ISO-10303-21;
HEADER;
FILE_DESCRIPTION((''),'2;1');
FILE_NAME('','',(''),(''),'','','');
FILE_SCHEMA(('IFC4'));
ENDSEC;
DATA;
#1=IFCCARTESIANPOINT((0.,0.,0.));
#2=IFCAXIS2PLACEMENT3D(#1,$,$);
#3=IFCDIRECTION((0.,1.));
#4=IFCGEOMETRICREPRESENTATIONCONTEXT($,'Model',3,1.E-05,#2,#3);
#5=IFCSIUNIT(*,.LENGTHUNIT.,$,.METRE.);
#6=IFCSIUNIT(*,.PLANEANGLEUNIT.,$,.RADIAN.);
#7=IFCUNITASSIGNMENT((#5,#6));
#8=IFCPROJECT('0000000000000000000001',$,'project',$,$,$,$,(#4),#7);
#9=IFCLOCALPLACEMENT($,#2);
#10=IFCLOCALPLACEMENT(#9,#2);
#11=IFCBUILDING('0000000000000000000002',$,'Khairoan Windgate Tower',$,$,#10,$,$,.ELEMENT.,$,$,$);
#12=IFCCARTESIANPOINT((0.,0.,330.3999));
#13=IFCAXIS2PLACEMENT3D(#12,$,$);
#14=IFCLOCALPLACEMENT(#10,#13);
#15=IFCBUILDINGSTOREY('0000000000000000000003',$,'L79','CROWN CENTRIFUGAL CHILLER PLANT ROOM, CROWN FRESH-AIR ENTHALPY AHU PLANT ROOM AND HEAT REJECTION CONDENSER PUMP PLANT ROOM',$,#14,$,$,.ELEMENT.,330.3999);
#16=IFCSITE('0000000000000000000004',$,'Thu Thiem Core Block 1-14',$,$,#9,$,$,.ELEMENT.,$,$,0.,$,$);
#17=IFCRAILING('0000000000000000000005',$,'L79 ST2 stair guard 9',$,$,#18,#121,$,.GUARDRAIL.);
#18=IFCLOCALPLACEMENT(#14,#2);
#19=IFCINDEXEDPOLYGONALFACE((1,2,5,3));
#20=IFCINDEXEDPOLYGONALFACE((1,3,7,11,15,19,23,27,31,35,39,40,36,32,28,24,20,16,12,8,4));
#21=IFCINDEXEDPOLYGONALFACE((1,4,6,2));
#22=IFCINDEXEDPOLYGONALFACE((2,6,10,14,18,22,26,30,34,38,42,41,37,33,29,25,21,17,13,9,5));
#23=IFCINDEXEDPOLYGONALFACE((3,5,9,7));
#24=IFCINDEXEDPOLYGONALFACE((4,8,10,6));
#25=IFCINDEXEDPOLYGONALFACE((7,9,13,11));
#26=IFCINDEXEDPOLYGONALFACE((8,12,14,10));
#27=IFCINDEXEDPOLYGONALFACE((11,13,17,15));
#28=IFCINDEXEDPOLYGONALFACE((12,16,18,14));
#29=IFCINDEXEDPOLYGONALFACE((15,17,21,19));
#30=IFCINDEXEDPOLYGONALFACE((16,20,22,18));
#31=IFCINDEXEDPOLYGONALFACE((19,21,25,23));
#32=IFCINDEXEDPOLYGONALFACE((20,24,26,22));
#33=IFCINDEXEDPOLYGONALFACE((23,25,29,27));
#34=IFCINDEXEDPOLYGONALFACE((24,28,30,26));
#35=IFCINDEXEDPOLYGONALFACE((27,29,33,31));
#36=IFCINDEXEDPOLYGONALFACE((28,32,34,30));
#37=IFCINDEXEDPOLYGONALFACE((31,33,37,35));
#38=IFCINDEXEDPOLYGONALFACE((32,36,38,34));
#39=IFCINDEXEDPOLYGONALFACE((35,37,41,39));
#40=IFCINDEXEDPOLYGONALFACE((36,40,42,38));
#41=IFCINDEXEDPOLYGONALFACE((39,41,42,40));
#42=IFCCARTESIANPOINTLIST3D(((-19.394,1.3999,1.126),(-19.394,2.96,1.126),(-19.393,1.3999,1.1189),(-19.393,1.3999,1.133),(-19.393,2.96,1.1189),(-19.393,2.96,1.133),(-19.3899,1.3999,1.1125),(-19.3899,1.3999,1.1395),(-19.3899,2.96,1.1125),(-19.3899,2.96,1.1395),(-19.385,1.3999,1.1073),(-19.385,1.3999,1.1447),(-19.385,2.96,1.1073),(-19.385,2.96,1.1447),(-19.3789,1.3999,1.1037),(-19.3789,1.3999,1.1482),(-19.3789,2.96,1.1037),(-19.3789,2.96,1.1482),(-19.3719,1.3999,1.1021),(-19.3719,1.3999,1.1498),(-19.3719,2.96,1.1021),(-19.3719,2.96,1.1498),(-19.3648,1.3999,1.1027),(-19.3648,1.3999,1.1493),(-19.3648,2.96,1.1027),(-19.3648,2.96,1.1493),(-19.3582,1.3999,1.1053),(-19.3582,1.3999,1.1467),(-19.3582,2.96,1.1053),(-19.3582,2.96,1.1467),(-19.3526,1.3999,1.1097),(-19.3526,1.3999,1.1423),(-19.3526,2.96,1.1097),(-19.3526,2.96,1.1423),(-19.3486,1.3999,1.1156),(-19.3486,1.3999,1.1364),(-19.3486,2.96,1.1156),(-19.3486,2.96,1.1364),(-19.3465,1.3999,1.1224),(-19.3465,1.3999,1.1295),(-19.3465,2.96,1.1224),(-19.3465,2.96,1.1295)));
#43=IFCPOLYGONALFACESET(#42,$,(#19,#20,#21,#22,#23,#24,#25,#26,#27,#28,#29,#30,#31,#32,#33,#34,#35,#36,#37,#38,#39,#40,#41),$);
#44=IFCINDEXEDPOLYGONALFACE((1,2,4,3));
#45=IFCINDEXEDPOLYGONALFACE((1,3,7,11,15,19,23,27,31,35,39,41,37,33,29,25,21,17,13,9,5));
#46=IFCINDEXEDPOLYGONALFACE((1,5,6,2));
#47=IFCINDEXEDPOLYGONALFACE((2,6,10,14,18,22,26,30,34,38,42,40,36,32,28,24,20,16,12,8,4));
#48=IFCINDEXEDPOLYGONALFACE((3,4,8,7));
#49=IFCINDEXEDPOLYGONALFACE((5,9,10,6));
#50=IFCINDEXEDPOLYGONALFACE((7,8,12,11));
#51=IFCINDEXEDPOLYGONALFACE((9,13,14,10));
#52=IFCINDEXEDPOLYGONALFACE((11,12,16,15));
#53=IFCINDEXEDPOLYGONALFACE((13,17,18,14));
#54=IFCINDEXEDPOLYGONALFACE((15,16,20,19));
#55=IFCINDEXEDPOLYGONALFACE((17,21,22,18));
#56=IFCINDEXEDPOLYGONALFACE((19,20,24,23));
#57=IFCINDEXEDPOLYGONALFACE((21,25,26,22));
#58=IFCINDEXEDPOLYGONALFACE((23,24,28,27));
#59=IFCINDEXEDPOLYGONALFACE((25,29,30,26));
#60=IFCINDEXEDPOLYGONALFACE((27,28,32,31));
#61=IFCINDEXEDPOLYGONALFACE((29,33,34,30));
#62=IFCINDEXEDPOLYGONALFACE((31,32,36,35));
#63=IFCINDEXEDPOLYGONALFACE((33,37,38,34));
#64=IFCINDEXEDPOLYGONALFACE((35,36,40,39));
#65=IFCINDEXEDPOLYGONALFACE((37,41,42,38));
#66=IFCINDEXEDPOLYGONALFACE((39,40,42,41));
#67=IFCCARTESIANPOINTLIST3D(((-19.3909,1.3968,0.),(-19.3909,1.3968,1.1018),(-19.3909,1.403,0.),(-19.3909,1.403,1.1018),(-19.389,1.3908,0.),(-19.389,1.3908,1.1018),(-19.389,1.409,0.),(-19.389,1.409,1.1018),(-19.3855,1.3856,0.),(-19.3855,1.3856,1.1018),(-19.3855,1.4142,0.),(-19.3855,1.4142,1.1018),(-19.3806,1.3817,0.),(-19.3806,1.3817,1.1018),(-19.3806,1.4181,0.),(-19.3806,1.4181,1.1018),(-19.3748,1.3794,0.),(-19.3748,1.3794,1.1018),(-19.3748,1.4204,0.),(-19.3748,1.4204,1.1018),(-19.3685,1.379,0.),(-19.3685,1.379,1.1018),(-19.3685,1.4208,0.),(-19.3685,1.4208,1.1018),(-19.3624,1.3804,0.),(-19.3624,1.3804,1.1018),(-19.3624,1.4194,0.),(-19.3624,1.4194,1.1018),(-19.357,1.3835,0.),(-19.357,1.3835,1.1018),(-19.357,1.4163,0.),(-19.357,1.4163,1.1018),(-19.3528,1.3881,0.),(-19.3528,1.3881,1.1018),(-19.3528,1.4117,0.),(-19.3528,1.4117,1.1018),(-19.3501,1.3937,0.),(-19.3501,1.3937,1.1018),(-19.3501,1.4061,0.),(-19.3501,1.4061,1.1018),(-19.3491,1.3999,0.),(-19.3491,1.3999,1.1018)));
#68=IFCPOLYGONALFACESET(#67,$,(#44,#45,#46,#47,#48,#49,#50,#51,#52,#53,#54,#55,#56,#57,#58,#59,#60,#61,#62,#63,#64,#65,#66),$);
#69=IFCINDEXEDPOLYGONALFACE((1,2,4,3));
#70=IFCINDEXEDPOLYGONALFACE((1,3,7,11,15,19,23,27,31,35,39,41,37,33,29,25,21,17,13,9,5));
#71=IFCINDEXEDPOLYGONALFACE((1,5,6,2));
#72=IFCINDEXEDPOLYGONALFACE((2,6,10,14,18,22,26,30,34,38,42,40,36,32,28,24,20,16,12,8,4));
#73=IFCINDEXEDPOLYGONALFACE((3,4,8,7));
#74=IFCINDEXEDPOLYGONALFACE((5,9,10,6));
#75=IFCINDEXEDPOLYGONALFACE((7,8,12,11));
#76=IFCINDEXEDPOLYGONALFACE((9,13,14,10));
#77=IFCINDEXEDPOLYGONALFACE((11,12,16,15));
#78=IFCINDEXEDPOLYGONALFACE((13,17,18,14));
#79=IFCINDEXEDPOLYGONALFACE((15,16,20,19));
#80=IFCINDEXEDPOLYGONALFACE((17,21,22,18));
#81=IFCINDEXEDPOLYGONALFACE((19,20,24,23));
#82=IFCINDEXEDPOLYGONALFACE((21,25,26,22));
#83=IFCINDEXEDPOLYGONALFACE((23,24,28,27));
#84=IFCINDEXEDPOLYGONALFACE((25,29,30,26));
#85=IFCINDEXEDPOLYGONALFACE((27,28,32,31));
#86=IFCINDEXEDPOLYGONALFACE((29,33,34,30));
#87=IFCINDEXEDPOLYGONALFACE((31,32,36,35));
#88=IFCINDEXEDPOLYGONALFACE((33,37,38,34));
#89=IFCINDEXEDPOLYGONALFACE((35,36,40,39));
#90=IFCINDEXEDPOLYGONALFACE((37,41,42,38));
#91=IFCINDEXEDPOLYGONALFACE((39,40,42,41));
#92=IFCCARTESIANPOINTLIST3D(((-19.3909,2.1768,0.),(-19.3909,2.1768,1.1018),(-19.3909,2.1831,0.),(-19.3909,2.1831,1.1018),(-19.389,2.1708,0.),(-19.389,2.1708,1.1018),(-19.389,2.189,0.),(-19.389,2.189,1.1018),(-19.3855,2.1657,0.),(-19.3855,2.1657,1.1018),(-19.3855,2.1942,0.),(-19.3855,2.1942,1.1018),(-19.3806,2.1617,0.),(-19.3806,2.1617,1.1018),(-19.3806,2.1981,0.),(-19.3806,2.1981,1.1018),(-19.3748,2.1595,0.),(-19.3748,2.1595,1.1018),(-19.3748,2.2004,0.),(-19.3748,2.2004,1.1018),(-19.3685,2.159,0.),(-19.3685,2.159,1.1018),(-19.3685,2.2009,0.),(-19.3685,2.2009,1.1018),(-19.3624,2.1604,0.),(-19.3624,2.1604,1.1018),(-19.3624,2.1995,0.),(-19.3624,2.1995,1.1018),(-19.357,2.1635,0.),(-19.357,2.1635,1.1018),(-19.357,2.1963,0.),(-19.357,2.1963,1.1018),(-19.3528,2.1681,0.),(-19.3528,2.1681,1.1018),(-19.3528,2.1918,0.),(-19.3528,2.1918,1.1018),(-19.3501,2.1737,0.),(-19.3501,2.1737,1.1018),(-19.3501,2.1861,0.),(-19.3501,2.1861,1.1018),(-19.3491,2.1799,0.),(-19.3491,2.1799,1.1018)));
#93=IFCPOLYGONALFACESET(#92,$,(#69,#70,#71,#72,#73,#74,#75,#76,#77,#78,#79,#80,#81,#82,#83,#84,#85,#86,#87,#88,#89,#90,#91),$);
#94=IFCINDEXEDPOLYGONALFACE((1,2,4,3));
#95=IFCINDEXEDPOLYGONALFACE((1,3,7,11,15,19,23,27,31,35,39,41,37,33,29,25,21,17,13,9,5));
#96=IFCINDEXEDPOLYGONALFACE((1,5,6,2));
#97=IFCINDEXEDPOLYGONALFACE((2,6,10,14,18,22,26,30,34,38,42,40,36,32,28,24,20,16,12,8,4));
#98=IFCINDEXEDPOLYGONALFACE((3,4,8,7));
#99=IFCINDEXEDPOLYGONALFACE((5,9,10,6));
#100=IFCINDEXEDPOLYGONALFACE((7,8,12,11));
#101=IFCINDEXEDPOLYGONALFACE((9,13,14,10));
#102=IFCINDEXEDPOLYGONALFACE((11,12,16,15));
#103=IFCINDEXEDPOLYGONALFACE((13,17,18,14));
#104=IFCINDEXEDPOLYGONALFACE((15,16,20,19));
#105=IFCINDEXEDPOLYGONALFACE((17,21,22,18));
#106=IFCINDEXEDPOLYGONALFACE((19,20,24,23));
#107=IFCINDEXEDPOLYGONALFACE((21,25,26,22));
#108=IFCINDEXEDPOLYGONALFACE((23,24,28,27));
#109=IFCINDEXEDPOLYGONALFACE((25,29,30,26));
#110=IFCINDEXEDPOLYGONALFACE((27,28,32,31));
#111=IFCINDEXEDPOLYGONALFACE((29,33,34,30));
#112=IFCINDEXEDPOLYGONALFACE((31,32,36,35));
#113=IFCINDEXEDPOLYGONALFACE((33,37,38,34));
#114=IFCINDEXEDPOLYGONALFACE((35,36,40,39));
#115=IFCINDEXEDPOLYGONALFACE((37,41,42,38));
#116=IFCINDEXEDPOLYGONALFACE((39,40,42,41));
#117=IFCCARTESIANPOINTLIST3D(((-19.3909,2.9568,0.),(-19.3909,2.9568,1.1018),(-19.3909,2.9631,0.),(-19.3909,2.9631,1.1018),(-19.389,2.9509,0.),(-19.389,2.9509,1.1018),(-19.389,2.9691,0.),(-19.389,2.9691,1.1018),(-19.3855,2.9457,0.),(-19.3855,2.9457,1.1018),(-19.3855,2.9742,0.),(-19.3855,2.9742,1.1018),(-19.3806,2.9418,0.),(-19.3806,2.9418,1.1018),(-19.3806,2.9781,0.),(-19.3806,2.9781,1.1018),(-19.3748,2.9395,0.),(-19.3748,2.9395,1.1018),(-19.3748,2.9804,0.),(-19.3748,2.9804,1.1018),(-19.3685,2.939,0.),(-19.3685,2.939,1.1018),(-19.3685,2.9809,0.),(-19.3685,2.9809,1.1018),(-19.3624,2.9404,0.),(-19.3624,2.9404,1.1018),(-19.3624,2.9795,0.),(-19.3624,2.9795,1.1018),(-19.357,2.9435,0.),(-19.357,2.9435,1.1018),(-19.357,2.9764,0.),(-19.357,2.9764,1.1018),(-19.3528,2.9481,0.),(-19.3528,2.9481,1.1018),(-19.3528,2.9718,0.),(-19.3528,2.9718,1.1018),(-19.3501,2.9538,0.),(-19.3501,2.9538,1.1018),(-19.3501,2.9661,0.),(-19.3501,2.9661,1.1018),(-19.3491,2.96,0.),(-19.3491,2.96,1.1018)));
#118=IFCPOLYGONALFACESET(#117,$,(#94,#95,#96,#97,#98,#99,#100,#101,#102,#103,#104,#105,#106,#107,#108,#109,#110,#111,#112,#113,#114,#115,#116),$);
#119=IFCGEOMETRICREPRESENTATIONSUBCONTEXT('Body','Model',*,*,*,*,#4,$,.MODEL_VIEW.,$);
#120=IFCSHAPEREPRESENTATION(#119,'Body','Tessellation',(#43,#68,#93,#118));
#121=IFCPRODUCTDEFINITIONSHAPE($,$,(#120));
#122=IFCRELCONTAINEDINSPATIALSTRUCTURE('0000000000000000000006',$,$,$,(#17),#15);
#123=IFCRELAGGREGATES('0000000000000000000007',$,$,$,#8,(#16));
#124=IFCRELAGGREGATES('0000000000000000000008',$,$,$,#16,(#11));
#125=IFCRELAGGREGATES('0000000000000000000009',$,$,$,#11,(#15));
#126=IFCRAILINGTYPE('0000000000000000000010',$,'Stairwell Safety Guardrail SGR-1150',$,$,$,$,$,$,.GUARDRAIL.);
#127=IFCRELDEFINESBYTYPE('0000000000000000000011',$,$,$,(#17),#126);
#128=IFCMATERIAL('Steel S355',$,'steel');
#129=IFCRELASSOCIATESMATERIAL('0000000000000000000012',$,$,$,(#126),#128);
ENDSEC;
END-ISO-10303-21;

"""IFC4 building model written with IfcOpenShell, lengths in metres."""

from ifc_helpers import new_model, si_unit, direction, frame, origin, origin_2d, place, context, subcontext, project, spatial, circle, extrude, material, type_object, element, save


model = new_model("IFC4")

# Units and contexts
model_context = context("Model", 3, precision=1e-05, world=origin(), true_north=direction((0.0, 1.0)))
body_context = subcontext(model_context, "Body", "Model", "MODEL_VIEW")
ifc_project = project(units=[si_unit("LENGTHUNIT", "METRE"), si_unit("PLANEANGLEUNIT", "RADIAN")], contexts=[model_context])

# Site, building, storey
site_placement = place(None, origin())
site = spatial("IfcSite", under=ifc_project, at=site_placement, Name="Thu Thiem Core Block 1-14", CompositionType="ELEMENT", RefElevation=0.0)
building_placement = place(site_placement, origin())
building = spatial("IfcBuilding", under=site, at=building_placement, Name="Khairoan Windgate Tower", CompositionType="ELEMENT")
storey_placement = place(building_placement, frame((0.0, 0.0, 330.3999)))
storey = spatial("IfcBuildingStorey", under=building, at=storey_placement, Name="L79", Description="CROWN CENTRIFUGAL CHILLER PLANT ROOM, CROWN FRESH-AIR ENTHALPY AHU PLANT ROOM AND HEAT REJECTION CONDENSER PUMP PLANT ROOM", CompositionType="ELEMENT", Elevation=330.3999)

# Railing
ifc_material_1 = material(Name="Steel S355", Category="steel")
railing_type_1 = type_object("IfcRailingType", Name="Stairwell Safety Guardrail SGR-1150", PredefinedType="GUARDRAIL", material=ifc_material_1)
for number, where, name in (
    (1, (-19.3701, 1.3999, 0.0), "L79 ST2 stair guard 9"),
):
    element("IfcRailing", number, at=place(storey_placement, frame(where)), inside=storey, type_object=railing_type_1, Name=name, PredefinedType="GUARDRAIL", context=body_context, shape_type="SweptSolid", body=[
        extrude(circle(Radius=0.0239, at=origin_2d()), frame((0.0, 0.0, 1.126), z_axis=(0.0, 1.0, 0.0), x_axis=(-1.0, 0.0, 0.0)), (0.0, 0.0, 1.0), 1.5601),
        extrude(circle(Radius=0.021, at=origin_2d()), origin(), (0.0, 0.0, 1.0), 1.1018),
        extrude(circle(Radius=0.021, at=origin_2d()), frame((0.0, 0.78, 0.0)), (0.0, 0.0, 1.0), 1.1018),
        extrude(circle(Radius=0.021, at=origin_2d()), frame((0.0, 1.5601, 0.0)), (0.0, 0.0, 1.0), 1.1018),
    ])

save(model, "model.ifc")
